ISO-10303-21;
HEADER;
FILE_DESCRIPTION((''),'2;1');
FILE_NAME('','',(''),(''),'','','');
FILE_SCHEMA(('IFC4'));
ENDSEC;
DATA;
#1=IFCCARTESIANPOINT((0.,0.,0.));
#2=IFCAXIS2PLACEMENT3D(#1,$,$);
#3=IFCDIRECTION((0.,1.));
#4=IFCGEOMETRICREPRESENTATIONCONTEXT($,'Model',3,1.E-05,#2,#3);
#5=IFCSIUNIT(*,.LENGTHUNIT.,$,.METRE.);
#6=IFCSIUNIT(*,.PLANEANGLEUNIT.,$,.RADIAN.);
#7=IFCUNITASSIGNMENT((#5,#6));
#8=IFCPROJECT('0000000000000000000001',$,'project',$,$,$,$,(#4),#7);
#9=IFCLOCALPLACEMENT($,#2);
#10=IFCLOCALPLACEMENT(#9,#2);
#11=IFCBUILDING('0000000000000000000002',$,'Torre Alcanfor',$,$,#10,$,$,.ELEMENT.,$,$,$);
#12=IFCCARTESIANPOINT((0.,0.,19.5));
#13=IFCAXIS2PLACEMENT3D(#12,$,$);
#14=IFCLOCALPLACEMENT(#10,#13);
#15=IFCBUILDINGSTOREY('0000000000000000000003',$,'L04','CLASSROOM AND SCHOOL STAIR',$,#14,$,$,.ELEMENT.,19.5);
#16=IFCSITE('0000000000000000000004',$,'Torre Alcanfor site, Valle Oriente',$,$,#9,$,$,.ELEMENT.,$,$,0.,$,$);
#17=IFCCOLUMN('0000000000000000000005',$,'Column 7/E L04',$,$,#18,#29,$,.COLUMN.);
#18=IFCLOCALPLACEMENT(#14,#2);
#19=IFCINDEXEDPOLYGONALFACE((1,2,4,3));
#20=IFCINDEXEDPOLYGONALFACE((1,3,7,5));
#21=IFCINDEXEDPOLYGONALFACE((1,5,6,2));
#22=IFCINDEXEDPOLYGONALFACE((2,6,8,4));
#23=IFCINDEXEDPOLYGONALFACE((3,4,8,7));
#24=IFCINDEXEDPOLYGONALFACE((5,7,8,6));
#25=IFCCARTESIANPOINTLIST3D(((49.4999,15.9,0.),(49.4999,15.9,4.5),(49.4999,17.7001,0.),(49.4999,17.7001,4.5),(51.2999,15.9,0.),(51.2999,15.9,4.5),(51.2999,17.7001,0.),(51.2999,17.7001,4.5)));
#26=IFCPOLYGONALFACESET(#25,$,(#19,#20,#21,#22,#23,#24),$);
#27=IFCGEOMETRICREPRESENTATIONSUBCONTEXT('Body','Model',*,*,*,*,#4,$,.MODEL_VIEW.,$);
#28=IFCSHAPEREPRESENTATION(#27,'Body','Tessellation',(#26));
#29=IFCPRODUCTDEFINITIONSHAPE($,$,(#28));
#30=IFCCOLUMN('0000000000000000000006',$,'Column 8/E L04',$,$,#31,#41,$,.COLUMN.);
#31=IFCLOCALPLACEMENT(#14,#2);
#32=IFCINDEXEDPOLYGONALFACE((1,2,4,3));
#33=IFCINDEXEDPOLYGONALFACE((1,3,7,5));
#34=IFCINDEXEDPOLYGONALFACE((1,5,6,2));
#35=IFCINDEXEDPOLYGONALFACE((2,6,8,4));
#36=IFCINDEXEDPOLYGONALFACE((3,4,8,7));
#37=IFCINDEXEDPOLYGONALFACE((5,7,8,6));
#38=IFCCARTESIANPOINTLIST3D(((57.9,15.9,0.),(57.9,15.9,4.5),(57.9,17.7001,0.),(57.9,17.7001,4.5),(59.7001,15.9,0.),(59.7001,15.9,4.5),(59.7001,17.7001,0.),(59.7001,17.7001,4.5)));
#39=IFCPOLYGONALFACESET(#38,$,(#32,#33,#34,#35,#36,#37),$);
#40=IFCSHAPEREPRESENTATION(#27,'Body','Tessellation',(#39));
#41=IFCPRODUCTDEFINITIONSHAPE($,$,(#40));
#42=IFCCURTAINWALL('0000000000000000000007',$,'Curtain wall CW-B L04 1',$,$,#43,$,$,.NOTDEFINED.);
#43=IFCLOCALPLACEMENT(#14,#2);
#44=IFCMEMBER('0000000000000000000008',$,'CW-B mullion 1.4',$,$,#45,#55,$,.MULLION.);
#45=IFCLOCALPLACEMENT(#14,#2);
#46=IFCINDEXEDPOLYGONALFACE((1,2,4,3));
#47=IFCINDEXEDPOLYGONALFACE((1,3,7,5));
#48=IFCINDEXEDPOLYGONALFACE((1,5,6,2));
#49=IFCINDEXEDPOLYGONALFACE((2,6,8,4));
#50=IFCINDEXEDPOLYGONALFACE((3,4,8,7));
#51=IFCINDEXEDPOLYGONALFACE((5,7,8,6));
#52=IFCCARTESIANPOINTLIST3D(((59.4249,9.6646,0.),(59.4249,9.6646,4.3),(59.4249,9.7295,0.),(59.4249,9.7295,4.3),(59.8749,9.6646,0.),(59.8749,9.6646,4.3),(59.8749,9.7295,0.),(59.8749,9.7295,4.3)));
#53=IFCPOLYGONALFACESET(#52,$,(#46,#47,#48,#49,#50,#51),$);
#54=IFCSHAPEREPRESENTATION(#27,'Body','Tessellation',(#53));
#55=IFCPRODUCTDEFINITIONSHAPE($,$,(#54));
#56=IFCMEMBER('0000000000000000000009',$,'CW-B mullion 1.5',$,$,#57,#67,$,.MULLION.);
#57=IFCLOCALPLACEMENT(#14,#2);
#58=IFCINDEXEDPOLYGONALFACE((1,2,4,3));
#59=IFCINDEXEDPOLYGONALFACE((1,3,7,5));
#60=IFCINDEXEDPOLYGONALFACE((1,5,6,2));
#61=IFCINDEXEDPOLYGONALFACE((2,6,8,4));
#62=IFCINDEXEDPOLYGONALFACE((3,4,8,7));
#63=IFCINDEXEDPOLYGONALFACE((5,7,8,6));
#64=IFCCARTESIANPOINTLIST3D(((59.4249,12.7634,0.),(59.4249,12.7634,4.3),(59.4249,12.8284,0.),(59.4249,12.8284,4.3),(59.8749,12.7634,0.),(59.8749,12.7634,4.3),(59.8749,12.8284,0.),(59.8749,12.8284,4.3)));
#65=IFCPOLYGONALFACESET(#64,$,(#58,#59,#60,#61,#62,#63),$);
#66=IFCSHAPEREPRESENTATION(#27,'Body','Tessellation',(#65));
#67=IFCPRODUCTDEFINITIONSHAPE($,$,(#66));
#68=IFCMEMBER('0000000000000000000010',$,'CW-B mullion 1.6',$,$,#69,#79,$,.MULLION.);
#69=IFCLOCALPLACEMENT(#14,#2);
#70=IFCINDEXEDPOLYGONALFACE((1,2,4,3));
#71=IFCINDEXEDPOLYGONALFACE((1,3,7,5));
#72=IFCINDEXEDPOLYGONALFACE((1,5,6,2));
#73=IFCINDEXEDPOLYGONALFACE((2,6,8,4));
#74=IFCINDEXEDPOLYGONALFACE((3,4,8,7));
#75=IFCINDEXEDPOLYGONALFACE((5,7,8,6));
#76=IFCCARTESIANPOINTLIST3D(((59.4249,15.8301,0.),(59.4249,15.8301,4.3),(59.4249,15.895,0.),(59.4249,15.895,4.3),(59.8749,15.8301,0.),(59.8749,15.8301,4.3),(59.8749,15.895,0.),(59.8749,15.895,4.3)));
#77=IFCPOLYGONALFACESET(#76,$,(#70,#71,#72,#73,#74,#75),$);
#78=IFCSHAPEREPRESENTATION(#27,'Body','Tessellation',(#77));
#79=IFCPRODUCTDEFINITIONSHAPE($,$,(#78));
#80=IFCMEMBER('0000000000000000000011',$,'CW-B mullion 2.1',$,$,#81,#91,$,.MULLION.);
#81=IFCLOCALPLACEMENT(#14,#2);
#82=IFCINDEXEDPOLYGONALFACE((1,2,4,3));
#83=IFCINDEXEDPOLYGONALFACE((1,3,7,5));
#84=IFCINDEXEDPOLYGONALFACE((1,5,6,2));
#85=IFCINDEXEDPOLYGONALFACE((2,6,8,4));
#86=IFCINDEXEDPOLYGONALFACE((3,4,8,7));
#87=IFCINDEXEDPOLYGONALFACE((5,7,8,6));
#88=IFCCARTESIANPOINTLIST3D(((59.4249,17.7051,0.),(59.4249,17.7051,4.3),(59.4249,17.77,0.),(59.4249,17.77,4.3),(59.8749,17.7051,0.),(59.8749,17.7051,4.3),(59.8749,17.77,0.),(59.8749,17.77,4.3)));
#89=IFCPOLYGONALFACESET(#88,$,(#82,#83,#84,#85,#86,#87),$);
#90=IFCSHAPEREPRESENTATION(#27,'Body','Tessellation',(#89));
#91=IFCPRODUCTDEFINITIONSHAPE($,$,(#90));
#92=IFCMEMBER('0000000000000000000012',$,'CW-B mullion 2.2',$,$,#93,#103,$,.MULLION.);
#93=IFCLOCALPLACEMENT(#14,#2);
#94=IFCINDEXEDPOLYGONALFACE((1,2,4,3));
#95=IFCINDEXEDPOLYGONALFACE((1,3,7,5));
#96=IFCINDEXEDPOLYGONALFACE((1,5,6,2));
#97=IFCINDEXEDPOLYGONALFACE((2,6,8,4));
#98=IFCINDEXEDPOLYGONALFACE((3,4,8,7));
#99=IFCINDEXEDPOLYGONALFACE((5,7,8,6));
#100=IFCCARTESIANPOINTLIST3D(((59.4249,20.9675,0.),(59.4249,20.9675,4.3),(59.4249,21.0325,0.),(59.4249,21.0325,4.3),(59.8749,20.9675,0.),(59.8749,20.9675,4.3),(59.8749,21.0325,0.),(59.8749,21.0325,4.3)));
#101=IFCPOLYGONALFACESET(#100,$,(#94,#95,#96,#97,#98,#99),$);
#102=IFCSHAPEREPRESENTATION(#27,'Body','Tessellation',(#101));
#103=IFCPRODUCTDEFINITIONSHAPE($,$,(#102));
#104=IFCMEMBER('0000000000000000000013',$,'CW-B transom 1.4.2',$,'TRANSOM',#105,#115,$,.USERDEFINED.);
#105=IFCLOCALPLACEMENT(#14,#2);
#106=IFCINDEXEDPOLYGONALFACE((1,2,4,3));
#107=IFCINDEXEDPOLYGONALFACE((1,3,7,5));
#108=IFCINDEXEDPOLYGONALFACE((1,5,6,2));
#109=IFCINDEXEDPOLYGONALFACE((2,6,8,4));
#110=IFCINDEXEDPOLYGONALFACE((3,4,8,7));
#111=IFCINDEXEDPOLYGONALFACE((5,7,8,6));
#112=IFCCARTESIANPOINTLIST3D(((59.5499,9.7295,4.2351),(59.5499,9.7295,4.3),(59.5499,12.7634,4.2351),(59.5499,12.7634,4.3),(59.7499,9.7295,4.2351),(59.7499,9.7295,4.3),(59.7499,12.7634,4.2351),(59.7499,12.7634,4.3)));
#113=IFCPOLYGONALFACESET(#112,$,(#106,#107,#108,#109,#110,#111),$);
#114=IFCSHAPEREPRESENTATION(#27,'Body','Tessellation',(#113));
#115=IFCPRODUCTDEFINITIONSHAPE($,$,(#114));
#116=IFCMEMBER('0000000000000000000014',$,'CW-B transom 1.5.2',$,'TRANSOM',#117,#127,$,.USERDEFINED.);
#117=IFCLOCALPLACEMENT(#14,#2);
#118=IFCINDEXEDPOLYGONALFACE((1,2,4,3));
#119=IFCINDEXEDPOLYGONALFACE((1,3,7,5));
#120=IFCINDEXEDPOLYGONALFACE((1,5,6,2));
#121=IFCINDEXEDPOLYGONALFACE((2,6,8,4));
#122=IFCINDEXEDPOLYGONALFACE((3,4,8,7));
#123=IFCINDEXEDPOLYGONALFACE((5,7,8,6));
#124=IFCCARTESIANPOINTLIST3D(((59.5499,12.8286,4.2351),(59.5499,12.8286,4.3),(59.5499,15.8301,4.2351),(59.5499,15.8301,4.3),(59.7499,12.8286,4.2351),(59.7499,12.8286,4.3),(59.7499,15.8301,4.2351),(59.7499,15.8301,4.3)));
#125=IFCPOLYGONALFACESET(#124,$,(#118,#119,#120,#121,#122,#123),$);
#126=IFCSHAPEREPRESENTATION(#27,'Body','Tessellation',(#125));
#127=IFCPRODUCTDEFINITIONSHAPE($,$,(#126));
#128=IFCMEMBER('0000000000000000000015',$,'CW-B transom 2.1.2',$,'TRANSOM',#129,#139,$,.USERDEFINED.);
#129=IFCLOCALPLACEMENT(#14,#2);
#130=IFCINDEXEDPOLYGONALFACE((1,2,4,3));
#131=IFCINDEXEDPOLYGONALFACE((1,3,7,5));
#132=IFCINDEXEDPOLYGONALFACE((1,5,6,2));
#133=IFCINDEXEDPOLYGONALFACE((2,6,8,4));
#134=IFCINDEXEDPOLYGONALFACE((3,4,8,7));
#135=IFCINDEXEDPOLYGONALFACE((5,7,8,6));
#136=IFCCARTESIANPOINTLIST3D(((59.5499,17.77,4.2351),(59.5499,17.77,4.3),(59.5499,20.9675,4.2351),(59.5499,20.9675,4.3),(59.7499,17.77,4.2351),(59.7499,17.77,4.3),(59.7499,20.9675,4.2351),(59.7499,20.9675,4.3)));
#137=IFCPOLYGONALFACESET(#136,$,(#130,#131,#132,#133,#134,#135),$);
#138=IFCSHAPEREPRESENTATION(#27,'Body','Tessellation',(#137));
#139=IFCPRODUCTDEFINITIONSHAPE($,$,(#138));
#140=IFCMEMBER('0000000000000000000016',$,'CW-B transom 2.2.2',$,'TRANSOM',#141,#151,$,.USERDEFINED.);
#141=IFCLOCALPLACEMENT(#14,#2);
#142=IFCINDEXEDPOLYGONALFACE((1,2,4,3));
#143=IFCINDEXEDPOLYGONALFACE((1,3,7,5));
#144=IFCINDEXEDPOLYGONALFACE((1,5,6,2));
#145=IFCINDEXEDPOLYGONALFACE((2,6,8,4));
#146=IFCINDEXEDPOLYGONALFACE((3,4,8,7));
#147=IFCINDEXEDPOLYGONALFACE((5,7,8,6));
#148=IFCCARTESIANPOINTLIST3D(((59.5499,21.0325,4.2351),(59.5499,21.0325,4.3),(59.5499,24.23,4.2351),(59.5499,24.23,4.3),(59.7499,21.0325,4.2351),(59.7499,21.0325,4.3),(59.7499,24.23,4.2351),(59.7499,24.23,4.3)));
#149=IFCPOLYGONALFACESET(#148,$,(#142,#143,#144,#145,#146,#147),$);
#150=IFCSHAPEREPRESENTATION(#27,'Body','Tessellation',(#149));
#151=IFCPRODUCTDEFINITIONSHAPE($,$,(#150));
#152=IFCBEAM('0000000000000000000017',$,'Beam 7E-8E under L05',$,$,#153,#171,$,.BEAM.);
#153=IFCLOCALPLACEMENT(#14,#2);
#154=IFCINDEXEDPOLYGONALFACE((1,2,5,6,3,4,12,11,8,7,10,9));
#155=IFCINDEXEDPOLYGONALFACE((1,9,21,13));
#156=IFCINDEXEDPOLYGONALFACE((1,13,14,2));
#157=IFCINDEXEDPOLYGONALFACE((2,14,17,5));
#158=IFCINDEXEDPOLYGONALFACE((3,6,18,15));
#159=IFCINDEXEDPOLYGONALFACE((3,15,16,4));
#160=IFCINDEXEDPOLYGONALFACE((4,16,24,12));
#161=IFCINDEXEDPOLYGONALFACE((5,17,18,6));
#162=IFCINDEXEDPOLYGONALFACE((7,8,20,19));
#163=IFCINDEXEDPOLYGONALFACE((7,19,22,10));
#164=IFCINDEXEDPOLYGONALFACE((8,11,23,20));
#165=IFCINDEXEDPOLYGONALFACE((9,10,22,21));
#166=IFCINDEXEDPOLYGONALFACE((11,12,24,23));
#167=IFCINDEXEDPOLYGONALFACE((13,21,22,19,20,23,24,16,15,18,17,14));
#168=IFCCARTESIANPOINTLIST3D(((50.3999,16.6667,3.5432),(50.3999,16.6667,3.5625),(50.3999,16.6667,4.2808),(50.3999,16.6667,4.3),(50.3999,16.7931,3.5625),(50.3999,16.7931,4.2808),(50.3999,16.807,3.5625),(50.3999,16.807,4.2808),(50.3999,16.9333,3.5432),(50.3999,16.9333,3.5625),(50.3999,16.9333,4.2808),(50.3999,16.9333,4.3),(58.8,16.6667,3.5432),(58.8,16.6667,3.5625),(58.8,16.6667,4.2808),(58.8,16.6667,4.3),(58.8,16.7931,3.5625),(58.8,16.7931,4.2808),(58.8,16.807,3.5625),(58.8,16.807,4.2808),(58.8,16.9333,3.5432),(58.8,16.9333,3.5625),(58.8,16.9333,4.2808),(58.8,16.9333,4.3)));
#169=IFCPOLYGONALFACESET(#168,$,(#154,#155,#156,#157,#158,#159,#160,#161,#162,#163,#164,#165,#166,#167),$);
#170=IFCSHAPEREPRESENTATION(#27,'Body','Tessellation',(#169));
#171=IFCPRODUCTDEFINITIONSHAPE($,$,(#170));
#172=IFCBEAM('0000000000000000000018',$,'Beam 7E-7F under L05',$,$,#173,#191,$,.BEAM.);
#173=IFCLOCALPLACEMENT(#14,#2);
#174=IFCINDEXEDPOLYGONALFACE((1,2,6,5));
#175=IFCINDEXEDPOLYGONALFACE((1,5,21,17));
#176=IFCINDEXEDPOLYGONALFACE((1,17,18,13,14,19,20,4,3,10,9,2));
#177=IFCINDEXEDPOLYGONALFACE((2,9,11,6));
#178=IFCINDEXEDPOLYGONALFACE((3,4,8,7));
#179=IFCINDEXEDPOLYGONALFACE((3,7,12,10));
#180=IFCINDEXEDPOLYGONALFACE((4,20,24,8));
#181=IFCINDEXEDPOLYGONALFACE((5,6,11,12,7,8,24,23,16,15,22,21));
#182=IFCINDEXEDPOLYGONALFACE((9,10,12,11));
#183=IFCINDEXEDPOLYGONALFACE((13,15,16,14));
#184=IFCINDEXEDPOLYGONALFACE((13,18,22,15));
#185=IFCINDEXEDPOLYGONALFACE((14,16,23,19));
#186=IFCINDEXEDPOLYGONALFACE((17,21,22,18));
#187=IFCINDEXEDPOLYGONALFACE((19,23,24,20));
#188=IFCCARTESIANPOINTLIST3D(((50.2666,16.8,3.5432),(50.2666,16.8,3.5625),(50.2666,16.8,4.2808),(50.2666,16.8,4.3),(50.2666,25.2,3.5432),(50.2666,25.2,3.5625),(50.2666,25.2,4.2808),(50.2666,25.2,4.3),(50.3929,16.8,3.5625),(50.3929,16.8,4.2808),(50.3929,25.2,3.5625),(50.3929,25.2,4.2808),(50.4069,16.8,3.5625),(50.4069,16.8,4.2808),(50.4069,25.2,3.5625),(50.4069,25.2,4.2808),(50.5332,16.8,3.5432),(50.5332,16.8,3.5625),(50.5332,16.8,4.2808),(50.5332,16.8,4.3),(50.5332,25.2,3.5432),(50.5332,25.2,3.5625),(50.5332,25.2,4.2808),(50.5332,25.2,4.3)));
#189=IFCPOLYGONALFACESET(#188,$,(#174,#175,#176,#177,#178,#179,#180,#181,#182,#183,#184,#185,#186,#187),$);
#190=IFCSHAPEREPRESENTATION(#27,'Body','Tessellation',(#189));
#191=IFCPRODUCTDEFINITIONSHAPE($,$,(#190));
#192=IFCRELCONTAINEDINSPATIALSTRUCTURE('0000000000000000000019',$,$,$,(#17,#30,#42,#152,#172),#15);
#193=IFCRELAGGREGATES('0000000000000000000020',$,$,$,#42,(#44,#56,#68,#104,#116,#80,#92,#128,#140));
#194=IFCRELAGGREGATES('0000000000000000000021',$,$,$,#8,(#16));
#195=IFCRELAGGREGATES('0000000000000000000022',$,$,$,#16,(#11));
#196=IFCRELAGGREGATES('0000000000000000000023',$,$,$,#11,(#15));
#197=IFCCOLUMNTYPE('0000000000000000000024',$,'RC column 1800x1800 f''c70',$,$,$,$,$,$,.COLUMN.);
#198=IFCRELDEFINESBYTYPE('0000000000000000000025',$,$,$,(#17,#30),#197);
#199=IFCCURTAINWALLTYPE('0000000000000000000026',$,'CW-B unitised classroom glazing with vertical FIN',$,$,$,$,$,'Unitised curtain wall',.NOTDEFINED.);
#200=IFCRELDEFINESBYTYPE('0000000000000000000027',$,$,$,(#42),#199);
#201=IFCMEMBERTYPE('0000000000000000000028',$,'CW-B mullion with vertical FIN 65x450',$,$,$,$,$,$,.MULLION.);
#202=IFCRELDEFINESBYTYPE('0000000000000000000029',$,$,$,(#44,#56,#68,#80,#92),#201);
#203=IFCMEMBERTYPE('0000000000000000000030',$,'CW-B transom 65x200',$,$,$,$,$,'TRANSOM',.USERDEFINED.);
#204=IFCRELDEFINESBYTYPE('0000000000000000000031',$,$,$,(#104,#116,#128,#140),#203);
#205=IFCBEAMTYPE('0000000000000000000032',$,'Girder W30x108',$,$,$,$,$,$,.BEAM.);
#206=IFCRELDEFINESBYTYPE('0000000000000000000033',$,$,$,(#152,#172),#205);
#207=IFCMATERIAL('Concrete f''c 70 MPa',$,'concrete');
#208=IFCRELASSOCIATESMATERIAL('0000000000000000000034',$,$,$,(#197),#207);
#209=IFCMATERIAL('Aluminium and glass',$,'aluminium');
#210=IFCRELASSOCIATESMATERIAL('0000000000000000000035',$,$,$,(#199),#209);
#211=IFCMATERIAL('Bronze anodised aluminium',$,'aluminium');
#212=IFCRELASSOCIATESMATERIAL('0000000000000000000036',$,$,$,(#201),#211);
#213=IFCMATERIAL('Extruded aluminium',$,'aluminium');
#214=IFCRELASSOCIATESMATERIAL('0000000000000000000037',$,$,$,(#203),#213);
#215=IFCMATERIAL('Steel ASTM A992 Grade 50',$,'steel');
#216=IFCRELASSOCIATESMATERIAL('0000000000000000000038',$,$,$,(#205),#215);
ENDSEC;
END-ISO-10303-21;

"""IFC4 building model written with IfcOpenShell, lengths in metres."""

from ifc_helpers import new_model, si_unit, direction, frame, origin, origin_2d, place, context, subcontext, project, spatial, rectangle, i_section, extrude, material, material_profile, profile_set, type_object, element, aggregate, save


model = new_model("IFC4")

# Units and contexts
model_context = context("Model", 3, precision=1e-05, world=origin(), true_north=direction((0.0, 1.0)))
body_context = subcontext(model_context, "Body", "Model", "MODEL_VIEW")
ifc_project = project(units=[si_unit("LENGTHUNIT", "METRE"), si_unit("PLANEANGLEUNIT", "RADIAN")], contexts=[model_context])

# Site, building, storey
site_placement = place(None, origin())
site = spatial("IfcSite", under=ifc_project, at=site_placement, Name="Torre Alcanfor site, Valle Oriente", CompositionType="ELEMENT", RefElevation=0.0)
building_placement = place(site_placement, origin())
building = spatial("IfcBuilding", under=site, at=building_placement, Name="Torre Alcanfor", CompositionType="ELEMENT")
storey_placement = place(building_placement, frame((0.0, 0.0, 19.5)))
storey = spatial("IfcBuildingStorey", under=building, at=storey_placement, Name="L04", Description="CLASSROOM AND SCHOOL STAIR", CompositionType="ELEMENT", Elevation=19.5)

# Columns
ifc_material_1 = material(Name="Concrete f'c 70 MPa", Category="concrete")
ifc_material_profile_1 = material_profile(ifc_material_1, rectangle(XDim=1.8, YDim=1.8, at=origin_2d()), Name="1800x1800")
ifc_profile_set_1 = profile_set([ifc_material_profile_1], Name="Concrete f'c 70 MPa")
column_type = type_object("IfcColumnType", Name="RC column 1800x1800 f'c70", PredefinedType="COLUMN", material=ifc_profile_set_1)
for number, where, z_axis, x_axis, name in (
    (1, (50.3999, 16.8, 0.0), (0.0, 0.0, 1.0), (1.0, 0.0, 0.0), "Column 7/E L04"),
    (2, (58.8, 16.8, 0.0), (0.0, 0.0, 1.0), (1.0, 0.0, 0.0), "Column 8/E L04"),
):
    element("IfcColumn", number, at=place(storey_placement, frame(where, z_axis=z_axis, x_axis=x_axis)), inside=storey, type_object=column_type, Name=name, PredefinedType="COLUMN", context=body_context, shape_type="SweptSolid", body=[
        extrude(rectangle(XDim=1.8, YDim=1.8, at=origin_2d()), origin(), (0.0, 0.0, 1.0), 4.5),
    ])

# Curtain wall, members
ifc_material_2 = material(Name="Aluminium and glass", Category="aluminium")
curtain_wall_type = type_object("IfcCurtainWallType", Name="CW-B unitised classroom glazing with vertical FIN", ElementType="Unitised curtain wall", PredefinedType="NOTDEFINED", material=ifc_material_2)
curtain_wall_placement = place(storey_placement, origin())
curtain_wall = element("IfcCurtainWall", 3, at=curtain_wall_placement, inside=storey, type_object=curtain_wall_type, Name="Curtain wall CW-B L04 1", PredefinedType="NOTDEFINED")
ifc_material_3 = material(Name="Bronze anodised aluminium", Category="aluminium")
ifc_material_profile_2 = material_profile(ifc_material_3, rectangle(XDim=0.45, YDim=0.0649, at=origin_2d()), Name="CW-B mullion 65x450")
ifc_profile_set_2 = profile_set([ifc_material_profile_2], Name="Bronze anodised aluminium")
member_type_1 = type_object("IfcMemberType", Name="CW-B mullion with vertical FIN 65x450", PredefinedType="MULLION", material=ifc_profile_set_2)
member_1_placement = place(storey_placement, frame((59.6499, 9.697, 0.0), z_axis=(0.0, 0.0, 1.0), x_axis=(-1.0, 0.0, 0.0)))
member_1 = element("IfcMember", 4, at=member_1_placement, type_object=member_type_1, Name="CW-B mullion 1.4", PredefinedType="MULLION", context=body_context, shape_type="SweptSolid", body=[
    extrude(rectangle(XDim=0.45, YDim=0.0649, at=origin_2d()), origin(), (0.0, 0.0, 1.0), 4.3),
])
member_2_placement = place(storey_placement, frame((59.6499, 12.7959, 0.0), z_axis=(0.0, 0.0, 1.0), x_axis=(-1.0, 0.0, 0.0)))
member_2 = element("IfcMember", 5, at=member_2_placement, type_object=member_type_1, Name="CW-B mullion 1.5", PredefinedType="MULLION", context=body_context, shape_type="SweptSolid", body=[
    extrude(rectangle(XDim=0.45, YDim=0.0649, at=origin_2d()), origin(), (0.0, 0.0, 1.0), 4.3),
])
member_3_placement = place(storey_placement, frame((59.6499, 15.8625, 0.0), z_axis=(0.0, 0.0, 1.0), x_axis=(-1.0, 0.0, 0.0)))
member_3 = element("IfcMember", 6, at=member_3_placement, type_object=member_type_1, Name="CW-B mullion 1.6", PredefinedType="MULLION", context=body_context, shape_type="SweptSolid", body=[
    extrude(rectangle(XDim=0.45, YDim=0.0649, at=origin_2d()), origin(), (0.0, 0.0, 1.0), 4.3),
])
member_4_placement = place(storey_placement, frame((59.6499, 17.7375, 0.0), z_axis=(0.0, 0.0, 1.0), x_axis=(-1.0, 0.0, 0.0)))
member_4 = element("IfcMember", 7, at=member_4_placement, type_object=member_type_1, Name="CW-B mullion 2.1", PredefinedType="MULLION", context=body_context, shape_type="SweptSolid", body=[
    extrude(rectangle(XDim=0.45, YDim=0.0649, at=origin_2d()), origin(), (0.0, 0.0, 1.0), 4.3),
])
member_5_placement = place(storey_placement, frame((59.6499, 21.0, 0.0), z_axis=(0.0, 0.0, 1.0), x_axis=(-1.0, 0.0, 0.0)))
member_5 = element("IfcMember", 8, at=member_5_placement, type_object=member_type_1, Name="CW-B mullion 2.2", PredefinedType="MULLION", context=body_context, shape_type="SweptSolid", body=[
    extrude(rectangle(XDim=0.45, YDim=0.0649, at=origin_2d()), origin(), (0.0, 0.0, 1.0), 4.3),
])
ifc_material_4 = material(Name="Extruded aluminium", Category="aluminium")
ifc_material_profile_3 = material_profile(ifc_material_4, rectangle(XDim=0.2, YDim=0.0649, at=origin_2d()), Name="CW-B transom 200x65")
ifc_profile_set_3 = profile_set([ifc_material_profile_3], Name="Extruded aluminium")
member_type_2 = type_object("IfcMemberType", Name="CW-B transom 65x200", ElementType="TRANSOM", PredefinedType="USERDEFINED", material=ifc_profile_set_3)
member_6_placement = place(storey_placement, frame((59.6499, 9.7295, 4.2676), z_axis=(0.0, 1.0, 0.0), x_axis=(-1.0, 0.0, 0.0)))
member_6 = element("IfcMember", 9, at=member_6_placement, type_object=member_type_2, Name="CW-B transom 1.4.2", ObjectType="TRANSOM", PredefinedType="USERDEFINED", context=body_context, shape_type="SweptSolid", body=[
    extrude(rectangle(XDim=0.2, YDim=0.0649, at=origin_2d()), origin(), (0.0, 0.0, 1.0), 3.0339),
])
member_7_placement = place(storey_placement, frame((59.6499, 12.8286, 4.2676), z_axis=(0.0, 1.0, 0.0), x_axis=(-1.0, 0.0, 0.0)))
member_7 = element("IfcMember", 10, at=member_7_placement, type_object=member_type_2, Name="CW-B transom 1.5.2", ObjectType="TRANSOM", PredefinedType="USERDEFINED", context=body_context, shape_type="SweptSolid", body=[
    extrude(rectangle(XDim=0.2, YDim=0.0649, at=origin_2d()), origin(), (0.0, 0.0, 1.0), 3.0015),
])
member_8_placement = place(storey_placement, frame((59.6499, 17.77, 4.2676), z_axis=(0.0, 1.0, 0.0), x_axis=(-1.0, 0.0, 0.0)))
member_8 = element("IfcMember", 11, at=member_8_placement, type_object=member_type_2, Name="CW-B transom 2.1.2", ObjectType="TRANSOM", PredefinedType="USERDEFINED", context=body_context, shape_type="SweptSolid", body=[
    extrude(rectangle(XDim=0.2, YDim=0.0649, at=origin_2d()), origin(), (0.0, 0.0, 1.0), 3.1975),
])
member_9_placement = place(storey_placement, frame((59.6499, 21.0325, 4.2676), z_axis=(0.0, 1.0, 0.0), x_axis=(-1.0, 0.0, 0.0)))
member_9 = element("IfcMember", 12, at=member_9_placement, type_object=member_type_2, Name="CW-B transom 2.2.2", ObjectType="TRANSOM", PredefinedType="USERDEFINED", context=body_context, shape_type="SweptSolid", body=[
    extrude(rectangle(XDim=0.2, YDim=0.0649, at=origin_2d()), origin(), (0.0, 0.0, 1.0), 3.1975),
])

# Beams
ifc_material_5 = material(Name="Steel ASTM A992 Grade 50", Category="steel")
ifc_material_profile_4 = material_profile(ifc_material_5, i_section(OverallWidth=0.2666, OverallDepth=0.7568, WebThickness=0.0139, FlangeThickness=0.0193, at=origin_2d()), Name="W30x108")
ifc_profile_set_4 = profile_set([ifc_material_profile_4], Name="Steel ASTM A992 Grade 50")
beam_type_1 = type_object("IfcBeamType", Name="Girder W30x108", PredefinedType="BEAM", material=ifc_profile_set_4)
beam_1_placement = place(storey_placement, frame((50.3999, 16.8, 3.9216), z_axis=(1.0, 0.0, 0.0), x_axis=(0.0, 1.0, 0.0)))
element("IfcBeam", 13, at=beam_1_placement, inside=storey, type_object=beam_type_1, Name="Beam 7E-8E under L05", PredefinedType="BEAM", context=body_context, shape_type="SweptSolid", body=[
    extrude(i_section(OverallWidth=0.2666, OverallDepth=0.7568, WebThickness=0.0139, FlangeThickness=0.0193, at=origin_2d()), origin(), (0.0, 0.0, 1.0), 8.4001),
])
beam_2_placement = place(storey_placement, frame((50.3999, 16.8, 3.9216), z_axis=(0.0, 1.0, 0.0), x_axis=(-1.0, 0.0, 0.0)))
element("IfcBeam", 14, at=beam_2_placement, inside=storey, type_object=beam_type_1, Name="Beam 7E-7F under L05", PredefinedType="BEAM", context=body_context, shape_type="SweptSolid", body=[
    extrude(i_section(OverallWidth=0.2666, OverallDepth=0.7568, WebThickness=0.0139, FlangeThickness=0.0193, at=origin_2d()), origin(), (0.0, 0.0, 1.0), 8.3999),
])

aggregate(curtain_wall, [member_1, member_2, member_3, member_6, member_7, member_4, member_5, member_8, member_9])

save(model, "model.ifc")
